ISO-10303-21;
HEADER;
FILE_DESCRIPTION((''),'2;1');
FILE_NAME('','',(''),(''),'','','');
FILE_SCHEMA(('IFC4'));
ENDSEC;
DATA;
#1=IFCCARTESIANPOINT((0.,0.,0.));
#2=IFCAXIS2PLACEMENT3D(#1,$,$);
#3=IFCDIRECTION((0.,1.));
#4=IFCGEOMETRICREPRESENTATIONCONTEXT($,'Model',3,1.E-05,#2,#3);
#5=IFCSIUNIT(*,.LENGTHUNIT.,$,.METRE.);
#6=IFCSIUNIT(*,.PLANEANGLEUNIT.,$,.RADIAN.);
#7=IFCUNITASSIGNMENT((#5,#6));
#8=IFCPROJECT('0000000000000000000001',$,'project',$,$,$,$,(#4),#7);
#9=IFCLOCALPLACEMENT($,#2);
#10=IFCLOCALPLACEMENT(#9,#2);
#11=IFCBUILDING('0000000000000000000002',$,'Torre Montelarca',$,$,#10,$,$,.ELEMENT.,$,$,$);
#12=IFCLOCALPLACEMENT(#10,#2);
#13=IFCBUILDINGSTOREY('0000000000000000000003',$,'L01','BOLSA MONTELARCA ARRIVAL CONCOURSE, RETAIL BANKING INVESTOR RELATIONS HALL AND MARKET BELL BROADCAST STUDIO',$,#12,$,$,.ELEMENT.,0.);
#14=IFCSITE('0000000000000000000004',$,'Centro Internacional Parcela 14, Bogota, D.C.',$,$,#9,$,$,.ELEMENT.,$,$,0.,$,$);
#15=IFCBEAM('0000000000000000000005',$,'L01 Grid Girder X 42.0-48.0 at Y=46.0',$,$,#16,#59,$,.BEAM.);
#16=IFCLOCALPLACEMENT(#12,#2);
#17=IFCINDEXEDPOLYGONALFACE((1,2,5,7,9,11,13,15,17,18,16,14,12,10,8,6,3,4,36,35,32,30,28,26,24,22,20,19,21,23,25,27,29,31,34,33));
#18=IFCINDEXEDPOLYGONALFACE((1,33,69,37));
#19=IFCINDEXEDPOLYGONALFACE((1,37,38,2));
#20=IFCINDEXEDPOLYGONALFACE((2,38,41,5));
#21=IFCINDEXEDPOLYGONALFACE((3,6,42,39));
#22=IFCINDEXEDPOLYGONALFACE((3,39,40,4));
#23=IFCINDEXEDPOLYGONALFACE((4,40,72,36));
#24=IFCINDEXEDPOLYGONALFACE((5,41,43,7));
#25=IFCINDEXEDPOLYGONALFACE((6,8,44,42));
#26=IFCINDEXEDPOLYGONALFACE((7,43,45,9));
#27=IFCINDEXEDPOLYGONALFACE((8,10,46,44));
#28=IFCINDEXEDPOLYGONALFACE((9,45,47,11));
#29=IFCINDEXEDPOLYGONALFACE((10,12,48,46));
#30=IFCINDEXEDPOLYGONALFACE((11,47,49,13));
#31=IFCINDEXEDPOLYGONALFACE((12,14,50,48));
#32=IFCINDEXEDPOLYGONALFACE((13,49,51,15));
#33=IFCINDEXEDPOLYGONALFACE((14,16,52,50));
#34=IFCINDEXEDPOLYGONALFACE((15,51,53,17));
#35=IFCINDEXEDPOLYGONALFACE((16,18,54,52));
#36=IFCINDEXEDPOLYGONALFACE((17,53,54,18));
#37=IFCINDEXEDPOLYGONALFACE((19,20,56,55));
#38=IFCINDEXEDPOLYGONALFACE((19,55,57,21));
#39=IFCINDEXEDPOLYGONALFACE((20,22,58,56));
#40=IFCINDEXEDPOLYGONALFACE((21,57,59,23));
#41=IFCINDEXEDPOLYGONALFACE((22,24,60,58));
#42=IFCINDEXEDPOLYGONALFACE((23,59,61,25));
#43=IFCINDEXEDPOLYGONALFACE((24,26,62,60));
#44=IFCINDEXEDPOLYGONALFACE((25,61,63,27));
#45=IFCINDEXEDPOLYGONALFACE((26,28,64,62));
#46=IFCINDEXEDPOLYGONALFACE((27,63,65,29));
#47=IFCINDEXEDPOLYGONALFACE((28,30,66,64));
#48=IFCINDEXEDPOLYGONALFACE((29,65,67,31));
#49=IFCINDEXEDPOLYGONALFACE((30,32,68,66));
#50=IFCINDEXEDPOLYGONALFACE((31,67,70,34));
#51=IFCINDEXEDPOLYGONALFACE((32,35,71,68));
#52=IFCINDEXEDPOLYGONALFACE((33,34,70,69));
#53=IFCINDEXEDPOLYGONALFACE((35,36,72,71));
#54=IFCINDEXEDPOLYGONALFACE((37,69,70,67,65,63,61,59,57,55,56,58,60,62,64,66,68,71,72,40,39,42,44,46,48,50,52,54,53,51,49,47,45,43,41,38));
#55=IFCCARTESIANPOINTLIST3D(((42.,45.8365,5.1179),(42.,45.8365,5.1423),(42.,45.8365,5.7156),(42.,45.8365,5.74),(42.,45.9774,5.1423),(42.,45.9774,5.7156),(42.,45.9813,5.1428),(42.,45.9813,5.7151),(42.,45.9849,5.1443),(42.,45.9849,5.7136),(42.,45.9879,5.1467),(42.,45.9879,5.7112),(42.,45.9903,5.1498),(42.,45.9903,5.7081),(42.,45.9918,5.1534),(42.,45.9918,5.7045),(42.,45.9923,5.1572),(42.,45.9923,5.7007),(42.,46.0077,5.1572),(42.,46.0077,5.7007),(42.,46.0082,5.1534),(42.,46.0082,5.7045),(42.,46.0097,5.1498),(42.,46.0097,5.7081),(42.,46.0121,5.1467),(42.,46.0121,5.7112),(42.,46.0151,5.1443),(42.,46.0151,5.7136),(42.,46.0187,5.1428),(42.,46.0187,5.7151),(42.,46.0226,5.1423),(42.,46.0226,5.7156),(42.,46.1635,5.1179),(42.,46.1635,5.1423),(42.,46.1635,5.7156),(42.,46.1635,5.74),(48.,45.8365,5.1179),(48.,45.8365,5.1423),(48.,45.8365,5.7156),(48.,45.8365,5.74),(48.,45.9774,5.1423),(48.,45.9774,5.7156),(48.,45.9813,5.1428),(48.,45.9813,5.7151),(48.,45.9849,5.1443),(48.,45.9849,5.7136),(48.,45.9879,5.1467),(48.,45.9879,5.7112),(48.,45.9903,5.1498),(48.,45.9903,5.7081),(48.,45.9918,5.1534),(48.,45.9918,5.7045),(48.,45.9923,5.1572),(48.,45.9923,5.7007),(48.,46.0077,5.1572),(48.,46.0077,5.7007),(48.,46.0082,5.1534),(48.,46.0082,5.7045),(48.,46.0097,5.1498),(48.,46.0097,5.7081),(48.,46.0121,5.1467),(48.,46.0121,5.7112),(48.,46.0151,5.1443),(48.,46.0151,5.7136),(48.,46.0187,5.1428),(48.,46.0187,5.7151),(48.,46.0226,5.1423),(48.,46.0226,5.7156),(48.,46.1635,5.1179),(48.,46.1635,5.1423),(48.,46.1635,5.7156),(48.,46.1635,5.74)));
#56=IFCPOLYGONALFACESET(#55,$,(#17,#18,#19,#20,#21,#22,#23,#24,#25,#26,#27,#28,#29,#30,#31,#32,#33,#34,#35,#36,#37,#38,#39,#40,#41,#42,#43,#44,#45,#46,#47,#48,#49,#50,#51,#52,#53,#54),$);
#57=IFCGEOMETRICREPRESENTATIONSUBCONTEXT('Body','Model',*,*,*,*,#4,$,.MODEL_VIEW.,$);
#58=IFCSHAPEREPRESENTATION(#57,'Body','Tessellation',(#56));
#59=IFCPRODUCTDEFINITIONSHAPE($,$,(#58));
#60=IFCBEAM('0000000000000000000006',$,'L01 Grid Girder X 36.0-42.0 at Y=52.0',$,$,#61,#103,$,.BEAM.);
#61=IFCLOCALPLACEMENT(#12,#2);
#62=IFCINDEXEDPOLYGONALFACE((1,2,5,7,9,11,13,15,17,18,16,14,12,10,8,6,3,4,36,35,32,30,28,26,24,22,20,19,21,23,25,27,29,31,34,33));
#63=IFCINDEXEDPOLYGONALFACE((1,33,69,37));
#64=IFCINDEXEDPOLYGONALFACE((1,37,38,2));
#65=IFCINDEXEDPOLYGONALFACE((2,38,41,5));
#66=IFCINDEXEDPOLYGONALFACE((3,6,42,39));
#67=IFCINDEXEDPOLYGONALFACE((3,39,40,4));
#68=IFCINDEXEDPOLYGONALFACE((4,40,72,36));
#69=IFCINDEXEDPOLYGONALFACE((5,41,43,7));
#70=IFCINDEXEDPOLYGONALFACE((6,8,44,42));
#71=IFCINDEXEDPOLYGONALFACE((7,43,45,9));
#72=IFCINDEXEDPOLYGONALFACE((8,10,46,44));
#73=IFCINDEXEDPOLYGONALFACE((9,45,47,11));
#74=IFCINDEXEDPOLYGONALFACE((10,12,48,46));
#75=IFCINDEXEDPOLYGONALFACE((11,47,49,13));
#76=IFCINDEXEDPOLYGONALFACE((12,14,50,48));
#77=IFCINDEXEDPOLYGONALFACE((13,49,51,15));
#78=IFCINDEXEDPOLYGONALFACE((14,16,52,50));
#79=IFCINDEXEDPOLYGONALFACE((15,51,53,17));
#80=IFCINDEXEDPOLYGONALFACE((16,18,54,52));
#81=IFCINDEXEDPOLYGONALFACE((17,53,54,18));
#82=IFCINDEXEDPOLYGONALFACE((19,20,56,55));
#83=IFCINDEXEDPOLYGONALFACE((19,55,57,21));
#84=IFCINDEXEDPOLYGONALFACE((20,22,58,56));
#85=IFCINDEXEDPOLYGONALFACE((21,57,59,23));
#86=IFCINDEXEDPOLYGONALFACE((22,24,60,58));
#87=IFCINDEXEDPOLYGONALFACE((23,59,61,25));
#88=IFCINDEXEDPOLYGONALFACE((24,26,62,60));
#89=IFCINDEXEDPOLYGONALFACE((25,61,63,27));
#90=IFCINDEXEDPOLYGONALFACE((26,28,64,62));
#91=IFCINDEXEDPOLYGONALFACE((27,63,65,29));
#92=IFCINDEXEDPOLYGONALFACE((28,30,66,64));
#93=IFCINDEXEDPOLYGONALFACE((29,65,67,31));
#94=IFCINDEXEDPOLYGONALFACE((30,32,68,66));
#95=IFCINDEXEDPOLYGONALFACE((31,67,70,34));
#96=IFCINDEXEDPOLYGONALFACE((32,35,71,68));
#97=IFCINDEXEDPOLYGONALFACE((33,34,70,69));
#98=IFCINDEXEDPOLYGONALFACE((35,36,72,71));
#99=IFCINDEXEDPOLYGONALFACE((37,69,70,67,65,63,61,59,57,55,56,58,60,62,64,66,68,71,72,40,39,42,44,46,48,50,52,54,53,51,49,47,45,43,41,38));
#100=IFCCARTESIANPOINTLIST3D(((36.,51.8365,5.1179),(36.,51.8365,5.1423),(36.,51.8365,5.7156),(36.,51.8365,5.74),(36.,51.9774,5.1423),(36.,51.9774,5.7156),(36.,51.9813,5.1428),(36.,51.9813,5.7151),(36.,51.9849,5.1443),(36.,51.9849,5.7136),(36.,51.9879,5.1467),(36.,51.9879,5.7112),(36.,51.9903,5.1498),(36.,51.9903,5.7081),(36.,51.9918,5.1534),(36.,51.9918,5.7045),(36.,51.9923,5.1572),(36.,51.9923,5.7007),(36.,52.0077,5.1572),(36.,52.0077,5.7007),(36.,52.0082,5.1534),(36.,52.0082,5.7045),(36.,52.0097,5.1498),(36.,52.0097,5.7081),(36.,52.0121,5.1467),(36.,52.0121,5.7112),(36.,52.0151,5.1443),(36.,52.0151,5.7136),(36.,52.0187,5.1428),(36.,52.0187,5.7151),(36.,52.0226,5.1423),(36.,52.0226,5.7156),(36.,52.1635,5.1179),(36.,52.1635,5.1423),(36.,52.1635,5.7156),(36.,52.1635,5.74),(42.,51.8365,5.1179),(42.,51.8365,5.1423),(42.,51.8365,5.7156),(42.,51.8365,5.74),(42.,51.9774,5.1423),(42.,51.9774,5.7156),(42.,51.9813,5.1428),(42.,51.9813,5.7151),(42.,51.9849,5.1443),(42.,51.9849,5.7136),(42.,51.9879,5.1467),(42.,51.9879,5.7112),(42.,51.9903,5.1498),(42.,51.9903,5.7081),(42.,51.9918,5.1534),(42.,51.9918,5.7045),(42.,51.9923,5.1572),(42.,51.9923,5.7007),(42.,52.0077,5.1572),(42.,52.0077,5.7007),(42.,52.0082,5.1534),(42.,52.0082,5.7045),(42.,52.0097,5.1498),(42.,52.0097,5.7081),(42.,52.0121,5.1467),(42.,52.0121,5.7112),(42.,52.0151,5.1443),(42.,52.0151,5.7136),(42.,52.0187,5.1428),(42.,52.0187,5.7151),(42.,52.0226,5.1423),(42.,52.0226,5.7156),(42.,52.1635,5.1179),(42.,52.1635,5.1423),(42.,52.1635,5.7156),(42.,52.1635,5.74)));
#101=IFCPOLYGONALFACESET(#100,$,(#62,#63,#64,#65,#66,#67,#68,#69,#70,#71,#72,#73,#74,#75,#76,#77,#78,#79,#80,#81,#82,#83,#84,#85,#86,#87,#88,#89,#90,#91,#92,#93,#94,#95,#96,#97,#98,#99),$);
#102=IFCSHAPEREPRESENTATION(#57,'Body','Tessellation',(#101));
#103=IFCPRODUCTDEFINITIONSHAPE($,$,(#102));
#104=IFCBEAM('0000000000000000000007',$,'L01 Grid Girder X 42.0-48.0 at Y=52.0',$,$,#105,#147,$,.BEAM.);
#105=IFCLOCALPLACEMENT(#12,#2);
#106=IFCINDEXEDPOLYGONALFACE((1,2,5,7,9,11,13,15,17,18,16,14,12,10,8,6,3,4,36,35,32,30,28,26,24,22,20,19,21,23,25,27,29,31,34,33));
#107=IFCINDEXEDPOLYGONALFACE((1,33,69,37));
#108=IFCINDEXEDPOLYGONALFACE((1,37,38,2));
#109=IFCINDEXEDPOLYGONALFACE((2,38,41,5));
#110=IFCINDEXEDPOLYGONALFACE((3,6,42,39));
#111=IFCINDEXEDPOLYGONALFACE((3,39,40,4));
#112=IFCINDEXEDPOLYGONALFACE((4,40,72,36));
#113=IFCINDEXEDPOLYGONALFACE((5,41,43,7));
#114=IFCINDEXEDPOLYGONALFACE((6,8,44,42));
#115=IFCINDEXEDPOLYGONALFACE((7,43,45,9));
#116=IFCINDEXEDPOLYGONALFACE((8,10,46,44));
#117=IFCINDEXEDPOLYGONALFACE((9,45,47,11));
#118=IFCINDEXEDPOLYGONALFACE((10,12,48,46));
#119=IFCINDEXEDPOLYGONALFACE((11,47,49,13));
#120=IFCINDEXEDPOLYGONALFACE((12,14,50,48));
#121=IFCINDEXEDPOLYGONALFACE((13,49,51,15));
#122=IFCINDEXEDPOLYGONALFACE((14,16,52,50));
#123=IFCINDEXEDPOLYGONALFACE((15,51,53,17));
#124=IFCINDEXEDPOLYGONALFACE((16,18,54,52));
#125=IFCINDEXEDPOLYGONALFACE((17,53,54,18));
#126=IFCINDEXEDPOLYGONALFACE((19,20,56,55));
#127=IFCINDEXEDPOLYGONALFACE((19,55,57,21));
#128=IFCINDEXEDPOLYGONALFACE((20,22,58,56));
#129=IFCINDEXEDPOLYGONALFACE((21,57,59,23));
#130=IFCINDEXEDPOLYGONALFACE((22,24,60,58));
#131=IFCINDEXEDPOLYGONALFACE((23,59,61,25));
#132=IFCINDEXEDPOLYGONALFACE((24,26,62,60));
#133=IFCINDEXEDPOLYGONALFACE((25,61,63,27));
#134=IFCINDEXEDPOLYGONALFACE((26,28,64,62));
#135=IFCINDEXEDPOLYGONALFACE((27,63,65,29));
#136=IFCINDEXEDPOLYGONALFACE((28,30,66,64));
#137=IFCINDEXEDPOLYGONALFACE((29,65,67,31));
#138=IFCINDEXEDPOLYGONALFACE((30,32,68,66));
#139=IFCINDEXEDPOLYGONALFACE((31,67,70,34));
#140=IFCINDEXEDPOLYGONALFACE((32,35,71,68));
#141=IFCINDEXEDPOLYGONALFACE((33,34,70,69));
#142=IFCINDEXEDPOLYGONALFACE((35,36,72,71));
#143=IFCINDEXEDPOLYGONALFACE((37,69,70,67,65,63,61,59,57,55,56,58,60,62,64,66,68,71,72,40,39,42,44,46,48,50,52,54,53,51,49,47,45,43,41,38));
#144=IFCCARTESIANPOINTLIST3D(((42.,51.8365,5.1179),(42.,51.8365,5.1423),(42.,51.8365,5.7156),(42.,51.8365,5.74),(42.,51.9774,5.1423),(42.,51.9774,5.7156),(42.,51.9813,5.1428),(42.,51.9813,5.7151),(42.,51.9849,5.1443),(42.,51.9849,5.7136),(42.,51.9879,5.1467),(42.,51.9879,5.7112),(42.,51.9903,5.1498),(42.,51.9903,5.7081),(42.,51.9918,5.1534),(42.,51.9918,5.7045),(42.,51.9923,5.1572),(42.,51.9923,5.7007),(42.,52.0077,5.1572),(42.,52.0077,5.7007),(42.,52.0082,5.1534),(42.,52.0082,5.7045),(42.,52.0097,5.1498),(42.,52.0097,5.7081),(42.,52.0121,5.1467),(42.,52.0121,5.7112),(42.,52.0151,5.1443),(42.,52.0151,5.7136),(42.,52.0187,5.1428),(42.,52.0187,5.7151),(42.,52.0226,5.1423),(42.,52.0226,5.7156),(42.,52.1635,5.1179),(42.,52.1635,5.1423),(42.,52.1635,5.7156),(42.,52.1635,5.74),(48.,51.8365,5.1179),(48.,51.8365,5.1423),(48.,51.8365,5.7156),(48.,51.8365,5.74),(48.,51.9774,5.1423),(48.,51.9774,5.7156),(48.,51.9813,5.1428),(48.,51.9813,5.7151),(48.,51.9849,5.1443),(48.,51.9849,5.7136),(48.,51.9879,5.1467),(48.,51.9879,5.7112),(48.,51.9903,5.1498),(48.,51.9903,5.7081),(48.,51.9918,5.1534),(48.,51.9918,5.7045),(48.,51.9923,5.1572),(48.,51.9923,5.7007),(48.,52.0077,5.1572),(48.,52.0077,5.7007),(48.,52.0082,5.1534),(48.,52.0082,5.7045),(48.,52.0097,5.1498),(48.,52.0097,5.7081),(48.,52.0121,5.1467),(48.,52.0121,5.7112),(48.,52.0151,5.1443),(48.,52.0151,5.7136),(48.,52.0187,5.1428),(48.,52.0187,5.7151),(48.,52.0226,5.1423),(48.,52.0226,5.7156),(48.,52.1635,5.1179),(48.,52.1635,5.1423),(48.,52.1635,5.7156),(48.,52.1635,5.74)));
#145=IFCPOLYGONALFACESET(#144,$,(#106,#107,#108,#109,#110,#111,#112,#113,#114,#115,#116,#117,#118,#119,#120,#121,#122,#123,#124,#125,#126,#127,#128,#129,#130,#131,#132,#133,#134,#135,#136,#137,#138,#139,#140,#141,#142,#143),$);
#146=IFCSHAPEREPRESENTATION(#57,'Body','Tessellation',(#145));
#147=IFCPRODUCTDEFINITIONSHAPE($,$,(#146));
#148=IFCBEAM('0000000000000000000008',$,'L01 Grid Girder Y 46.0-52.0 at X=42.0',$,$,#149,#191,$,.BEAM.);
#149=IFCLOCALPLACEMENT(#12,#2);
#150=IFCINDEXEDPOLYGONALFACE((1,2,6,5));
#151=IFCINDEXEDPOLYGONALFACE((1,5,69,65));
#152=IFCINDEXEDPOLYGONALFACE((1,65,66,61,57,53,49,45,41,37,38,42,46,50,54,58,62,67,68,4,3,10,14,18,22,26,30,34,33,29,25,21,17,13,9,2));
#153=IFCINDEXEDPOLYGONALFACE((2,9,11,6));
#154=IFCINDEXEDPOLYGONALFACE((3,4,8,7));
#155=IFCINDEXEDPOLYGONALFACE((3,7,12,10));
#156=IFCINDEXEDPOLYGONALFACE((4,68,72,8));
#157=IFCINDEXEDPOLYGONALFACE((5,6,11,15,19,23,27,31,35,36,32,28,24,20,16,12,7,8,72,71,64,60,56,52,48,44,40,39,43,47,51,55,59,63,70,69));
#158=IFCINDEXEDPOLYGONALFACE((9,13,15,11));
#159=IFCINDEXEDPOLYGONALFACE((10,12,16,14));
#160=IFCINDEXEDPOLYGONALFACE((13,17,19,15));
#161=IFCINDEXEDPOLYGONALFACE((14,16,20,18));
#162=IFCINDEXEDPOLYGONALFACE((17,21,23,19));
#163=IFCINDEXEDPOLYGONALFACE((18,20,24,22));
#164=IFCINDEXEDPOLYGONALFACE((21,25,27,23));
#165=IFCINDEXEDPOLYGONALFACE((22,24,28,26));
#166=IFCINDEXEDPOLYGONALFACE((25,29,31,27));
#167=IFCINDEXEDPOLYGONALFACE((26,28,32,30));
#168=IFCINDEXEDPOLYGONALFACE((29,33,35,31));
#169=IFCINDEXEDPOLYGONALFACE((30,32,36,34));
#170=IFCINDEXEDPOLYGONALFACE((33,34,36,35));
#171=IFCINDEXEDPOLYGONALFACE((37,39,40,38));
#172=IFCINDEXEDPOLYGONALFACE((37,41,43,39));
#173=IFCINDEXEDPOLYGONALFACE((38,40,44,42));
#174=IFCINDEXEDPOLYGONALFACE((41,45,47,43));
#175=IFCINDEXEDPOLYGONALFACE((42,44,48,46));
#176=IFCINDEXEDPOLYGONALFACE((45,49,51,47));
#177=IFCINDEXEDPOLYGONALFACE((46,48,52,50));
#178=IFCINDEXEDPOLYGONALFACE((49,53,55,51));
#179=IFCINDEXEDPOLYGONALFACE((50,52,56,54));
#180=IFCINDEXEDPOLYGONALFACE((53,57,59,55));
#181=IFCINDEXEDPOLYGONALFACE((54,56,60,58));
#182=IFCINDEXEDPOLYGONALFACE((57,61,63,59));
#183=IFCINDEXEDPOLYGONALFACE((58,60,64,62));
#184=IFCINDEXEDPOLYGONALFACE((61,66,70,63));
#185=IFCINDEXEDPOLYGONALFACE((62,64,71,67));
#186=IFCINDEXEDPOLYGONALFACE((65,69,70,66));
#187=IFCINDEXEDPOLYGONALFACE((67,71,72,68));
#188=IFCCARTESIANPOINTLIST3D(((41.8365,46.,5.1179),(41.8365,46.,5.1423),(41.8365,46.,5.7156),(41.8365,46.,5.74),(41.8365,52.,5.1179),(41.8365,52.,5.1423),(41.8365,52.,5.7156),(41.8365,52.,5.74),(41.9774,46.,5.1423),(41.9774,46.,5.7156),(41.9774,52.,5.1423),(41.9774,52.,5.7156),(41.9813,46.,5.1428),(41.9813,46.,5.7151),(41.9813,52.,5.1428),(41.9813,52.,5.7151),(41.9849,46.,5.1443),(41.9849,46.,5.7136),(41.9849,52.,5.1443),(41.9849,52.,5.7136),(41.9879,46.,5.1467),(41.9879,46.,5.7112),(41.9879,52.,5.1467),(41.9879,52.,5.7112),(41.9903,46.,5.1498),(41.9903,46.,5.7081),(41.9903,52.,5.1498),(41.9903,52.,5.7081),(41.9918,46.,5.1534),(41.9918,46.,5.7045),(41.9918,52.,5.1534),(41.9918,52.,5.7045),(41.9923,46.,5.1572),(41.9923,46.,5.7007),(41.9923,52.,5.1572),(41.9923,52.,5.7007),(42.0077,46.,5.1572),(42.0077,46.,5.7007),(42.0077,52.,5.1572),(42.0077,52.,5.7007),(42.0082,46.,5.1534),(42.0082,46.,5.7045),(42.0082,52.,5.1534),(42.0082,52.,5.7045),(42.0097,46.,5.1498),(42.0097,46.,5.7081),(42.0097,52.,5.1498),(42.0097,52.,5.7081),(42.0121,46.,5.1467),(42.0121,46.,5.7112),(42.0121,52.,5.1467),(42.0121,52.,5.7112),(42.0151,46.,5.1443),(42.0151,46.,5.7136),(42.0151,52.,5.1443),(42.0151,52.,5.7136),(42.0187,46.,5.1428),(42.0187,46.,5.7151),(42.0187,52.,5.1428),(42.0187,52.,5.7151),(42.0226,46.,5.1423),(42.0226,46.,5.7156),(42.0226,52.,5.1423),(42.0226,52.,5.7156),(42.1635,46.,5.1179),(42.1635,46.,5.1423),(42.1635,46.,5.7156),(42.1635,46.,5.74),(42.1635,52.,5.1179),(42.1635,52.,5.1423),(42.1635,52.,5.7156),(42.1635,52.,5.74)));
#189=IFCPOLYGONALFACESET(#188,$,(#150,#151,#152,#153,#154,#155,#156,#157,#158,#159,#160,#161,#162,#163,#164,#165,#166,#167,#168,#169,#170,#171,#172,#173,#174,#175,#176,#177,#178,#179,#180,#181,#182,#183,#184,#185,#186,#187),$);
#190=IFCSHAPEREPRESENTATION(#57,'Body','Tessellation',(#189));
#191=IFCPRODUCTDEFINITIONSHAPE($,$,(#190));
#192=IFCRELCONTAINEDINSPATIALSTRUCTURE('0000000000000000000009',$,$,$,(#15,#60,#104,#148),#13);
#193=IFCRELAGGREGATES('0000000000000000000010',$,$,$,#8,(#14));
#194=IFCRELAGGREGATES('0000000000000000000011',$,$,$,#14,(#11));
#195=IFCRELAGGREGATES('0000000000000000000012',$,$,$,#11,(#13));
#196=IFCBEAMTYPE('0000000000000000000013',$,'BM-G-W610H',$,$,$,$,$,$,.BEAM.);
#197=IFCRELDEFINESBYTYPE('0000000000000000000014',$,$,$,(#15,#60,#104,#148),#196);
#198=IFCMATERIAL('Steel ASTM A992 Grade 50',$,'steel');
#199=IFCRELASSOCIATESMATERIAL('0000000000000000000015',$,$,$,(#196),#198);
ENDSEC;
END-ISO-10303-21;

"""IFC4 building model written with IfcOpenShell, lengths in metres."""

from ifc_helpers import new_model, si_unit, direction, frame, origin, origin_2d, place, context, subcontext, project, spatial, i_section, extrude, source, transform, mapped, material, material_profile, profile_set, type_object, element, save


model = new_model("IFC4")

# Units and contexts
model_context = context("Model", 3, precision=1e-05, world=origin(), true_north=direction((0.0, 1.0)))
body_context = subcontext(model_context, "Body", "Model", "MODEL_VIEW")
ifc_project = project(units=[si_unit("LENGTHUNIT", "METRE"), si_unit("PLANEANGLEUNIT", "RADIAN")], contexts=[model_context])

# Site, building, storey
site_placement = place(None, origin())
site = spatial("IfcSite", under=ifc_project, at=site_placement, Name="Centro Internacional Parcela 14, Bogota, D.C.", CompositionType="ELEMENT", RefElevation=0.0)
building_placement = place(site_placement, origin())
building = spatial("IfcBuilding", under=site, at=building_placement, Name="Torre Montelarca", CompositionType="ELEMENT")
storey_placement = place(building_placement, origin())
storey = spatial("IfcBuildingStorey", under=building, at=storey_placement, Name="L01", Description="BOLSA MONTELARCA ARRIVAL CONCOURSE, RETAIL BANKING INVESTOR RELATIONS HALL AND MARKET BELL BROADCAST STUDIO", CompositionType="ELEMENT", Elevation=0.0)

# Beams
ifc_material_1 = material(Name="Steel ASTM A992 Grade 50", Category="steel")
ifc_material_profile_1 = material_profile(ifc_material_1, i_section(OverallWidth=0.3269, OverallDepth=0.6221, WebThickness=0.0154, FlangeThickness=0.0244, FilletRadius=0.0149, at=origin_2d()), Name="W610X195", Category="steel")
ifc_profile_set_1 = profile_set([ifc_material_profile_1], Name="Steel ASTM A992 Grade 50")
beam_type_1 = type_object("IfcBeamType", Name="BM-G-W610H", PredefinedType="BEAM", material=ifc_profile_set_1)
shared_shape_1 = source(origin(), body_context, "Body", "SweptSolid", [
    extrude(i_section(OverallWidth=0.3269, OverallDepth=0.6221, WebThickness=0.0154, FlangeThickness=0.0244, FilletRadius=0.0149, at=origin_2d()), origin(), (0.0, 0.0, 1.0), 6.0),
])
for number, where, z_axis, x_axis, name in (
    (1, (42.0, 46.0, 5.429), (1.0, 0.0, 0.0), (0.0, 1.0, 0.0), "L01 Grid Girder X 42.0-48.0 at Y=46.0"),
    (2, (36.0, 52.0, 5.429), (1.0, 0.0, 0.0), (0.0, 1.0, 0.0), "L01 Grid Girder X 36.0-42.0 at Y=52.0"),
    (3, (42.0, 52.0, 5.429), (1.0, 0.0, 0.0), (0.0, 1.0, 0.0), "L01 Grid Girder X 42.0-48.0 at Y=52.0"),
    (4, (42.0, 46.0, 5.429), (0.0, 1.0, 0.0), (-1.0, 0.0, 0.0), "L01 Grid Girder Y 46.0-52.0 at X=42.0"),
):
    element("IfcBeam", number, at=place(storey_placement, frame(where, z_axis=z_axis, x_axis=x_axis)), inside=storey, type_object=beam_type_1, Name=name, PredefinedType="BEAM", context=body_context, shape_type="MappedRepresentation", body=[
        mapped(shared_shape_1, transform((0.0, 0.0, 0.0), scale=1.0)),
    ])

save(model, "model.ifc")
